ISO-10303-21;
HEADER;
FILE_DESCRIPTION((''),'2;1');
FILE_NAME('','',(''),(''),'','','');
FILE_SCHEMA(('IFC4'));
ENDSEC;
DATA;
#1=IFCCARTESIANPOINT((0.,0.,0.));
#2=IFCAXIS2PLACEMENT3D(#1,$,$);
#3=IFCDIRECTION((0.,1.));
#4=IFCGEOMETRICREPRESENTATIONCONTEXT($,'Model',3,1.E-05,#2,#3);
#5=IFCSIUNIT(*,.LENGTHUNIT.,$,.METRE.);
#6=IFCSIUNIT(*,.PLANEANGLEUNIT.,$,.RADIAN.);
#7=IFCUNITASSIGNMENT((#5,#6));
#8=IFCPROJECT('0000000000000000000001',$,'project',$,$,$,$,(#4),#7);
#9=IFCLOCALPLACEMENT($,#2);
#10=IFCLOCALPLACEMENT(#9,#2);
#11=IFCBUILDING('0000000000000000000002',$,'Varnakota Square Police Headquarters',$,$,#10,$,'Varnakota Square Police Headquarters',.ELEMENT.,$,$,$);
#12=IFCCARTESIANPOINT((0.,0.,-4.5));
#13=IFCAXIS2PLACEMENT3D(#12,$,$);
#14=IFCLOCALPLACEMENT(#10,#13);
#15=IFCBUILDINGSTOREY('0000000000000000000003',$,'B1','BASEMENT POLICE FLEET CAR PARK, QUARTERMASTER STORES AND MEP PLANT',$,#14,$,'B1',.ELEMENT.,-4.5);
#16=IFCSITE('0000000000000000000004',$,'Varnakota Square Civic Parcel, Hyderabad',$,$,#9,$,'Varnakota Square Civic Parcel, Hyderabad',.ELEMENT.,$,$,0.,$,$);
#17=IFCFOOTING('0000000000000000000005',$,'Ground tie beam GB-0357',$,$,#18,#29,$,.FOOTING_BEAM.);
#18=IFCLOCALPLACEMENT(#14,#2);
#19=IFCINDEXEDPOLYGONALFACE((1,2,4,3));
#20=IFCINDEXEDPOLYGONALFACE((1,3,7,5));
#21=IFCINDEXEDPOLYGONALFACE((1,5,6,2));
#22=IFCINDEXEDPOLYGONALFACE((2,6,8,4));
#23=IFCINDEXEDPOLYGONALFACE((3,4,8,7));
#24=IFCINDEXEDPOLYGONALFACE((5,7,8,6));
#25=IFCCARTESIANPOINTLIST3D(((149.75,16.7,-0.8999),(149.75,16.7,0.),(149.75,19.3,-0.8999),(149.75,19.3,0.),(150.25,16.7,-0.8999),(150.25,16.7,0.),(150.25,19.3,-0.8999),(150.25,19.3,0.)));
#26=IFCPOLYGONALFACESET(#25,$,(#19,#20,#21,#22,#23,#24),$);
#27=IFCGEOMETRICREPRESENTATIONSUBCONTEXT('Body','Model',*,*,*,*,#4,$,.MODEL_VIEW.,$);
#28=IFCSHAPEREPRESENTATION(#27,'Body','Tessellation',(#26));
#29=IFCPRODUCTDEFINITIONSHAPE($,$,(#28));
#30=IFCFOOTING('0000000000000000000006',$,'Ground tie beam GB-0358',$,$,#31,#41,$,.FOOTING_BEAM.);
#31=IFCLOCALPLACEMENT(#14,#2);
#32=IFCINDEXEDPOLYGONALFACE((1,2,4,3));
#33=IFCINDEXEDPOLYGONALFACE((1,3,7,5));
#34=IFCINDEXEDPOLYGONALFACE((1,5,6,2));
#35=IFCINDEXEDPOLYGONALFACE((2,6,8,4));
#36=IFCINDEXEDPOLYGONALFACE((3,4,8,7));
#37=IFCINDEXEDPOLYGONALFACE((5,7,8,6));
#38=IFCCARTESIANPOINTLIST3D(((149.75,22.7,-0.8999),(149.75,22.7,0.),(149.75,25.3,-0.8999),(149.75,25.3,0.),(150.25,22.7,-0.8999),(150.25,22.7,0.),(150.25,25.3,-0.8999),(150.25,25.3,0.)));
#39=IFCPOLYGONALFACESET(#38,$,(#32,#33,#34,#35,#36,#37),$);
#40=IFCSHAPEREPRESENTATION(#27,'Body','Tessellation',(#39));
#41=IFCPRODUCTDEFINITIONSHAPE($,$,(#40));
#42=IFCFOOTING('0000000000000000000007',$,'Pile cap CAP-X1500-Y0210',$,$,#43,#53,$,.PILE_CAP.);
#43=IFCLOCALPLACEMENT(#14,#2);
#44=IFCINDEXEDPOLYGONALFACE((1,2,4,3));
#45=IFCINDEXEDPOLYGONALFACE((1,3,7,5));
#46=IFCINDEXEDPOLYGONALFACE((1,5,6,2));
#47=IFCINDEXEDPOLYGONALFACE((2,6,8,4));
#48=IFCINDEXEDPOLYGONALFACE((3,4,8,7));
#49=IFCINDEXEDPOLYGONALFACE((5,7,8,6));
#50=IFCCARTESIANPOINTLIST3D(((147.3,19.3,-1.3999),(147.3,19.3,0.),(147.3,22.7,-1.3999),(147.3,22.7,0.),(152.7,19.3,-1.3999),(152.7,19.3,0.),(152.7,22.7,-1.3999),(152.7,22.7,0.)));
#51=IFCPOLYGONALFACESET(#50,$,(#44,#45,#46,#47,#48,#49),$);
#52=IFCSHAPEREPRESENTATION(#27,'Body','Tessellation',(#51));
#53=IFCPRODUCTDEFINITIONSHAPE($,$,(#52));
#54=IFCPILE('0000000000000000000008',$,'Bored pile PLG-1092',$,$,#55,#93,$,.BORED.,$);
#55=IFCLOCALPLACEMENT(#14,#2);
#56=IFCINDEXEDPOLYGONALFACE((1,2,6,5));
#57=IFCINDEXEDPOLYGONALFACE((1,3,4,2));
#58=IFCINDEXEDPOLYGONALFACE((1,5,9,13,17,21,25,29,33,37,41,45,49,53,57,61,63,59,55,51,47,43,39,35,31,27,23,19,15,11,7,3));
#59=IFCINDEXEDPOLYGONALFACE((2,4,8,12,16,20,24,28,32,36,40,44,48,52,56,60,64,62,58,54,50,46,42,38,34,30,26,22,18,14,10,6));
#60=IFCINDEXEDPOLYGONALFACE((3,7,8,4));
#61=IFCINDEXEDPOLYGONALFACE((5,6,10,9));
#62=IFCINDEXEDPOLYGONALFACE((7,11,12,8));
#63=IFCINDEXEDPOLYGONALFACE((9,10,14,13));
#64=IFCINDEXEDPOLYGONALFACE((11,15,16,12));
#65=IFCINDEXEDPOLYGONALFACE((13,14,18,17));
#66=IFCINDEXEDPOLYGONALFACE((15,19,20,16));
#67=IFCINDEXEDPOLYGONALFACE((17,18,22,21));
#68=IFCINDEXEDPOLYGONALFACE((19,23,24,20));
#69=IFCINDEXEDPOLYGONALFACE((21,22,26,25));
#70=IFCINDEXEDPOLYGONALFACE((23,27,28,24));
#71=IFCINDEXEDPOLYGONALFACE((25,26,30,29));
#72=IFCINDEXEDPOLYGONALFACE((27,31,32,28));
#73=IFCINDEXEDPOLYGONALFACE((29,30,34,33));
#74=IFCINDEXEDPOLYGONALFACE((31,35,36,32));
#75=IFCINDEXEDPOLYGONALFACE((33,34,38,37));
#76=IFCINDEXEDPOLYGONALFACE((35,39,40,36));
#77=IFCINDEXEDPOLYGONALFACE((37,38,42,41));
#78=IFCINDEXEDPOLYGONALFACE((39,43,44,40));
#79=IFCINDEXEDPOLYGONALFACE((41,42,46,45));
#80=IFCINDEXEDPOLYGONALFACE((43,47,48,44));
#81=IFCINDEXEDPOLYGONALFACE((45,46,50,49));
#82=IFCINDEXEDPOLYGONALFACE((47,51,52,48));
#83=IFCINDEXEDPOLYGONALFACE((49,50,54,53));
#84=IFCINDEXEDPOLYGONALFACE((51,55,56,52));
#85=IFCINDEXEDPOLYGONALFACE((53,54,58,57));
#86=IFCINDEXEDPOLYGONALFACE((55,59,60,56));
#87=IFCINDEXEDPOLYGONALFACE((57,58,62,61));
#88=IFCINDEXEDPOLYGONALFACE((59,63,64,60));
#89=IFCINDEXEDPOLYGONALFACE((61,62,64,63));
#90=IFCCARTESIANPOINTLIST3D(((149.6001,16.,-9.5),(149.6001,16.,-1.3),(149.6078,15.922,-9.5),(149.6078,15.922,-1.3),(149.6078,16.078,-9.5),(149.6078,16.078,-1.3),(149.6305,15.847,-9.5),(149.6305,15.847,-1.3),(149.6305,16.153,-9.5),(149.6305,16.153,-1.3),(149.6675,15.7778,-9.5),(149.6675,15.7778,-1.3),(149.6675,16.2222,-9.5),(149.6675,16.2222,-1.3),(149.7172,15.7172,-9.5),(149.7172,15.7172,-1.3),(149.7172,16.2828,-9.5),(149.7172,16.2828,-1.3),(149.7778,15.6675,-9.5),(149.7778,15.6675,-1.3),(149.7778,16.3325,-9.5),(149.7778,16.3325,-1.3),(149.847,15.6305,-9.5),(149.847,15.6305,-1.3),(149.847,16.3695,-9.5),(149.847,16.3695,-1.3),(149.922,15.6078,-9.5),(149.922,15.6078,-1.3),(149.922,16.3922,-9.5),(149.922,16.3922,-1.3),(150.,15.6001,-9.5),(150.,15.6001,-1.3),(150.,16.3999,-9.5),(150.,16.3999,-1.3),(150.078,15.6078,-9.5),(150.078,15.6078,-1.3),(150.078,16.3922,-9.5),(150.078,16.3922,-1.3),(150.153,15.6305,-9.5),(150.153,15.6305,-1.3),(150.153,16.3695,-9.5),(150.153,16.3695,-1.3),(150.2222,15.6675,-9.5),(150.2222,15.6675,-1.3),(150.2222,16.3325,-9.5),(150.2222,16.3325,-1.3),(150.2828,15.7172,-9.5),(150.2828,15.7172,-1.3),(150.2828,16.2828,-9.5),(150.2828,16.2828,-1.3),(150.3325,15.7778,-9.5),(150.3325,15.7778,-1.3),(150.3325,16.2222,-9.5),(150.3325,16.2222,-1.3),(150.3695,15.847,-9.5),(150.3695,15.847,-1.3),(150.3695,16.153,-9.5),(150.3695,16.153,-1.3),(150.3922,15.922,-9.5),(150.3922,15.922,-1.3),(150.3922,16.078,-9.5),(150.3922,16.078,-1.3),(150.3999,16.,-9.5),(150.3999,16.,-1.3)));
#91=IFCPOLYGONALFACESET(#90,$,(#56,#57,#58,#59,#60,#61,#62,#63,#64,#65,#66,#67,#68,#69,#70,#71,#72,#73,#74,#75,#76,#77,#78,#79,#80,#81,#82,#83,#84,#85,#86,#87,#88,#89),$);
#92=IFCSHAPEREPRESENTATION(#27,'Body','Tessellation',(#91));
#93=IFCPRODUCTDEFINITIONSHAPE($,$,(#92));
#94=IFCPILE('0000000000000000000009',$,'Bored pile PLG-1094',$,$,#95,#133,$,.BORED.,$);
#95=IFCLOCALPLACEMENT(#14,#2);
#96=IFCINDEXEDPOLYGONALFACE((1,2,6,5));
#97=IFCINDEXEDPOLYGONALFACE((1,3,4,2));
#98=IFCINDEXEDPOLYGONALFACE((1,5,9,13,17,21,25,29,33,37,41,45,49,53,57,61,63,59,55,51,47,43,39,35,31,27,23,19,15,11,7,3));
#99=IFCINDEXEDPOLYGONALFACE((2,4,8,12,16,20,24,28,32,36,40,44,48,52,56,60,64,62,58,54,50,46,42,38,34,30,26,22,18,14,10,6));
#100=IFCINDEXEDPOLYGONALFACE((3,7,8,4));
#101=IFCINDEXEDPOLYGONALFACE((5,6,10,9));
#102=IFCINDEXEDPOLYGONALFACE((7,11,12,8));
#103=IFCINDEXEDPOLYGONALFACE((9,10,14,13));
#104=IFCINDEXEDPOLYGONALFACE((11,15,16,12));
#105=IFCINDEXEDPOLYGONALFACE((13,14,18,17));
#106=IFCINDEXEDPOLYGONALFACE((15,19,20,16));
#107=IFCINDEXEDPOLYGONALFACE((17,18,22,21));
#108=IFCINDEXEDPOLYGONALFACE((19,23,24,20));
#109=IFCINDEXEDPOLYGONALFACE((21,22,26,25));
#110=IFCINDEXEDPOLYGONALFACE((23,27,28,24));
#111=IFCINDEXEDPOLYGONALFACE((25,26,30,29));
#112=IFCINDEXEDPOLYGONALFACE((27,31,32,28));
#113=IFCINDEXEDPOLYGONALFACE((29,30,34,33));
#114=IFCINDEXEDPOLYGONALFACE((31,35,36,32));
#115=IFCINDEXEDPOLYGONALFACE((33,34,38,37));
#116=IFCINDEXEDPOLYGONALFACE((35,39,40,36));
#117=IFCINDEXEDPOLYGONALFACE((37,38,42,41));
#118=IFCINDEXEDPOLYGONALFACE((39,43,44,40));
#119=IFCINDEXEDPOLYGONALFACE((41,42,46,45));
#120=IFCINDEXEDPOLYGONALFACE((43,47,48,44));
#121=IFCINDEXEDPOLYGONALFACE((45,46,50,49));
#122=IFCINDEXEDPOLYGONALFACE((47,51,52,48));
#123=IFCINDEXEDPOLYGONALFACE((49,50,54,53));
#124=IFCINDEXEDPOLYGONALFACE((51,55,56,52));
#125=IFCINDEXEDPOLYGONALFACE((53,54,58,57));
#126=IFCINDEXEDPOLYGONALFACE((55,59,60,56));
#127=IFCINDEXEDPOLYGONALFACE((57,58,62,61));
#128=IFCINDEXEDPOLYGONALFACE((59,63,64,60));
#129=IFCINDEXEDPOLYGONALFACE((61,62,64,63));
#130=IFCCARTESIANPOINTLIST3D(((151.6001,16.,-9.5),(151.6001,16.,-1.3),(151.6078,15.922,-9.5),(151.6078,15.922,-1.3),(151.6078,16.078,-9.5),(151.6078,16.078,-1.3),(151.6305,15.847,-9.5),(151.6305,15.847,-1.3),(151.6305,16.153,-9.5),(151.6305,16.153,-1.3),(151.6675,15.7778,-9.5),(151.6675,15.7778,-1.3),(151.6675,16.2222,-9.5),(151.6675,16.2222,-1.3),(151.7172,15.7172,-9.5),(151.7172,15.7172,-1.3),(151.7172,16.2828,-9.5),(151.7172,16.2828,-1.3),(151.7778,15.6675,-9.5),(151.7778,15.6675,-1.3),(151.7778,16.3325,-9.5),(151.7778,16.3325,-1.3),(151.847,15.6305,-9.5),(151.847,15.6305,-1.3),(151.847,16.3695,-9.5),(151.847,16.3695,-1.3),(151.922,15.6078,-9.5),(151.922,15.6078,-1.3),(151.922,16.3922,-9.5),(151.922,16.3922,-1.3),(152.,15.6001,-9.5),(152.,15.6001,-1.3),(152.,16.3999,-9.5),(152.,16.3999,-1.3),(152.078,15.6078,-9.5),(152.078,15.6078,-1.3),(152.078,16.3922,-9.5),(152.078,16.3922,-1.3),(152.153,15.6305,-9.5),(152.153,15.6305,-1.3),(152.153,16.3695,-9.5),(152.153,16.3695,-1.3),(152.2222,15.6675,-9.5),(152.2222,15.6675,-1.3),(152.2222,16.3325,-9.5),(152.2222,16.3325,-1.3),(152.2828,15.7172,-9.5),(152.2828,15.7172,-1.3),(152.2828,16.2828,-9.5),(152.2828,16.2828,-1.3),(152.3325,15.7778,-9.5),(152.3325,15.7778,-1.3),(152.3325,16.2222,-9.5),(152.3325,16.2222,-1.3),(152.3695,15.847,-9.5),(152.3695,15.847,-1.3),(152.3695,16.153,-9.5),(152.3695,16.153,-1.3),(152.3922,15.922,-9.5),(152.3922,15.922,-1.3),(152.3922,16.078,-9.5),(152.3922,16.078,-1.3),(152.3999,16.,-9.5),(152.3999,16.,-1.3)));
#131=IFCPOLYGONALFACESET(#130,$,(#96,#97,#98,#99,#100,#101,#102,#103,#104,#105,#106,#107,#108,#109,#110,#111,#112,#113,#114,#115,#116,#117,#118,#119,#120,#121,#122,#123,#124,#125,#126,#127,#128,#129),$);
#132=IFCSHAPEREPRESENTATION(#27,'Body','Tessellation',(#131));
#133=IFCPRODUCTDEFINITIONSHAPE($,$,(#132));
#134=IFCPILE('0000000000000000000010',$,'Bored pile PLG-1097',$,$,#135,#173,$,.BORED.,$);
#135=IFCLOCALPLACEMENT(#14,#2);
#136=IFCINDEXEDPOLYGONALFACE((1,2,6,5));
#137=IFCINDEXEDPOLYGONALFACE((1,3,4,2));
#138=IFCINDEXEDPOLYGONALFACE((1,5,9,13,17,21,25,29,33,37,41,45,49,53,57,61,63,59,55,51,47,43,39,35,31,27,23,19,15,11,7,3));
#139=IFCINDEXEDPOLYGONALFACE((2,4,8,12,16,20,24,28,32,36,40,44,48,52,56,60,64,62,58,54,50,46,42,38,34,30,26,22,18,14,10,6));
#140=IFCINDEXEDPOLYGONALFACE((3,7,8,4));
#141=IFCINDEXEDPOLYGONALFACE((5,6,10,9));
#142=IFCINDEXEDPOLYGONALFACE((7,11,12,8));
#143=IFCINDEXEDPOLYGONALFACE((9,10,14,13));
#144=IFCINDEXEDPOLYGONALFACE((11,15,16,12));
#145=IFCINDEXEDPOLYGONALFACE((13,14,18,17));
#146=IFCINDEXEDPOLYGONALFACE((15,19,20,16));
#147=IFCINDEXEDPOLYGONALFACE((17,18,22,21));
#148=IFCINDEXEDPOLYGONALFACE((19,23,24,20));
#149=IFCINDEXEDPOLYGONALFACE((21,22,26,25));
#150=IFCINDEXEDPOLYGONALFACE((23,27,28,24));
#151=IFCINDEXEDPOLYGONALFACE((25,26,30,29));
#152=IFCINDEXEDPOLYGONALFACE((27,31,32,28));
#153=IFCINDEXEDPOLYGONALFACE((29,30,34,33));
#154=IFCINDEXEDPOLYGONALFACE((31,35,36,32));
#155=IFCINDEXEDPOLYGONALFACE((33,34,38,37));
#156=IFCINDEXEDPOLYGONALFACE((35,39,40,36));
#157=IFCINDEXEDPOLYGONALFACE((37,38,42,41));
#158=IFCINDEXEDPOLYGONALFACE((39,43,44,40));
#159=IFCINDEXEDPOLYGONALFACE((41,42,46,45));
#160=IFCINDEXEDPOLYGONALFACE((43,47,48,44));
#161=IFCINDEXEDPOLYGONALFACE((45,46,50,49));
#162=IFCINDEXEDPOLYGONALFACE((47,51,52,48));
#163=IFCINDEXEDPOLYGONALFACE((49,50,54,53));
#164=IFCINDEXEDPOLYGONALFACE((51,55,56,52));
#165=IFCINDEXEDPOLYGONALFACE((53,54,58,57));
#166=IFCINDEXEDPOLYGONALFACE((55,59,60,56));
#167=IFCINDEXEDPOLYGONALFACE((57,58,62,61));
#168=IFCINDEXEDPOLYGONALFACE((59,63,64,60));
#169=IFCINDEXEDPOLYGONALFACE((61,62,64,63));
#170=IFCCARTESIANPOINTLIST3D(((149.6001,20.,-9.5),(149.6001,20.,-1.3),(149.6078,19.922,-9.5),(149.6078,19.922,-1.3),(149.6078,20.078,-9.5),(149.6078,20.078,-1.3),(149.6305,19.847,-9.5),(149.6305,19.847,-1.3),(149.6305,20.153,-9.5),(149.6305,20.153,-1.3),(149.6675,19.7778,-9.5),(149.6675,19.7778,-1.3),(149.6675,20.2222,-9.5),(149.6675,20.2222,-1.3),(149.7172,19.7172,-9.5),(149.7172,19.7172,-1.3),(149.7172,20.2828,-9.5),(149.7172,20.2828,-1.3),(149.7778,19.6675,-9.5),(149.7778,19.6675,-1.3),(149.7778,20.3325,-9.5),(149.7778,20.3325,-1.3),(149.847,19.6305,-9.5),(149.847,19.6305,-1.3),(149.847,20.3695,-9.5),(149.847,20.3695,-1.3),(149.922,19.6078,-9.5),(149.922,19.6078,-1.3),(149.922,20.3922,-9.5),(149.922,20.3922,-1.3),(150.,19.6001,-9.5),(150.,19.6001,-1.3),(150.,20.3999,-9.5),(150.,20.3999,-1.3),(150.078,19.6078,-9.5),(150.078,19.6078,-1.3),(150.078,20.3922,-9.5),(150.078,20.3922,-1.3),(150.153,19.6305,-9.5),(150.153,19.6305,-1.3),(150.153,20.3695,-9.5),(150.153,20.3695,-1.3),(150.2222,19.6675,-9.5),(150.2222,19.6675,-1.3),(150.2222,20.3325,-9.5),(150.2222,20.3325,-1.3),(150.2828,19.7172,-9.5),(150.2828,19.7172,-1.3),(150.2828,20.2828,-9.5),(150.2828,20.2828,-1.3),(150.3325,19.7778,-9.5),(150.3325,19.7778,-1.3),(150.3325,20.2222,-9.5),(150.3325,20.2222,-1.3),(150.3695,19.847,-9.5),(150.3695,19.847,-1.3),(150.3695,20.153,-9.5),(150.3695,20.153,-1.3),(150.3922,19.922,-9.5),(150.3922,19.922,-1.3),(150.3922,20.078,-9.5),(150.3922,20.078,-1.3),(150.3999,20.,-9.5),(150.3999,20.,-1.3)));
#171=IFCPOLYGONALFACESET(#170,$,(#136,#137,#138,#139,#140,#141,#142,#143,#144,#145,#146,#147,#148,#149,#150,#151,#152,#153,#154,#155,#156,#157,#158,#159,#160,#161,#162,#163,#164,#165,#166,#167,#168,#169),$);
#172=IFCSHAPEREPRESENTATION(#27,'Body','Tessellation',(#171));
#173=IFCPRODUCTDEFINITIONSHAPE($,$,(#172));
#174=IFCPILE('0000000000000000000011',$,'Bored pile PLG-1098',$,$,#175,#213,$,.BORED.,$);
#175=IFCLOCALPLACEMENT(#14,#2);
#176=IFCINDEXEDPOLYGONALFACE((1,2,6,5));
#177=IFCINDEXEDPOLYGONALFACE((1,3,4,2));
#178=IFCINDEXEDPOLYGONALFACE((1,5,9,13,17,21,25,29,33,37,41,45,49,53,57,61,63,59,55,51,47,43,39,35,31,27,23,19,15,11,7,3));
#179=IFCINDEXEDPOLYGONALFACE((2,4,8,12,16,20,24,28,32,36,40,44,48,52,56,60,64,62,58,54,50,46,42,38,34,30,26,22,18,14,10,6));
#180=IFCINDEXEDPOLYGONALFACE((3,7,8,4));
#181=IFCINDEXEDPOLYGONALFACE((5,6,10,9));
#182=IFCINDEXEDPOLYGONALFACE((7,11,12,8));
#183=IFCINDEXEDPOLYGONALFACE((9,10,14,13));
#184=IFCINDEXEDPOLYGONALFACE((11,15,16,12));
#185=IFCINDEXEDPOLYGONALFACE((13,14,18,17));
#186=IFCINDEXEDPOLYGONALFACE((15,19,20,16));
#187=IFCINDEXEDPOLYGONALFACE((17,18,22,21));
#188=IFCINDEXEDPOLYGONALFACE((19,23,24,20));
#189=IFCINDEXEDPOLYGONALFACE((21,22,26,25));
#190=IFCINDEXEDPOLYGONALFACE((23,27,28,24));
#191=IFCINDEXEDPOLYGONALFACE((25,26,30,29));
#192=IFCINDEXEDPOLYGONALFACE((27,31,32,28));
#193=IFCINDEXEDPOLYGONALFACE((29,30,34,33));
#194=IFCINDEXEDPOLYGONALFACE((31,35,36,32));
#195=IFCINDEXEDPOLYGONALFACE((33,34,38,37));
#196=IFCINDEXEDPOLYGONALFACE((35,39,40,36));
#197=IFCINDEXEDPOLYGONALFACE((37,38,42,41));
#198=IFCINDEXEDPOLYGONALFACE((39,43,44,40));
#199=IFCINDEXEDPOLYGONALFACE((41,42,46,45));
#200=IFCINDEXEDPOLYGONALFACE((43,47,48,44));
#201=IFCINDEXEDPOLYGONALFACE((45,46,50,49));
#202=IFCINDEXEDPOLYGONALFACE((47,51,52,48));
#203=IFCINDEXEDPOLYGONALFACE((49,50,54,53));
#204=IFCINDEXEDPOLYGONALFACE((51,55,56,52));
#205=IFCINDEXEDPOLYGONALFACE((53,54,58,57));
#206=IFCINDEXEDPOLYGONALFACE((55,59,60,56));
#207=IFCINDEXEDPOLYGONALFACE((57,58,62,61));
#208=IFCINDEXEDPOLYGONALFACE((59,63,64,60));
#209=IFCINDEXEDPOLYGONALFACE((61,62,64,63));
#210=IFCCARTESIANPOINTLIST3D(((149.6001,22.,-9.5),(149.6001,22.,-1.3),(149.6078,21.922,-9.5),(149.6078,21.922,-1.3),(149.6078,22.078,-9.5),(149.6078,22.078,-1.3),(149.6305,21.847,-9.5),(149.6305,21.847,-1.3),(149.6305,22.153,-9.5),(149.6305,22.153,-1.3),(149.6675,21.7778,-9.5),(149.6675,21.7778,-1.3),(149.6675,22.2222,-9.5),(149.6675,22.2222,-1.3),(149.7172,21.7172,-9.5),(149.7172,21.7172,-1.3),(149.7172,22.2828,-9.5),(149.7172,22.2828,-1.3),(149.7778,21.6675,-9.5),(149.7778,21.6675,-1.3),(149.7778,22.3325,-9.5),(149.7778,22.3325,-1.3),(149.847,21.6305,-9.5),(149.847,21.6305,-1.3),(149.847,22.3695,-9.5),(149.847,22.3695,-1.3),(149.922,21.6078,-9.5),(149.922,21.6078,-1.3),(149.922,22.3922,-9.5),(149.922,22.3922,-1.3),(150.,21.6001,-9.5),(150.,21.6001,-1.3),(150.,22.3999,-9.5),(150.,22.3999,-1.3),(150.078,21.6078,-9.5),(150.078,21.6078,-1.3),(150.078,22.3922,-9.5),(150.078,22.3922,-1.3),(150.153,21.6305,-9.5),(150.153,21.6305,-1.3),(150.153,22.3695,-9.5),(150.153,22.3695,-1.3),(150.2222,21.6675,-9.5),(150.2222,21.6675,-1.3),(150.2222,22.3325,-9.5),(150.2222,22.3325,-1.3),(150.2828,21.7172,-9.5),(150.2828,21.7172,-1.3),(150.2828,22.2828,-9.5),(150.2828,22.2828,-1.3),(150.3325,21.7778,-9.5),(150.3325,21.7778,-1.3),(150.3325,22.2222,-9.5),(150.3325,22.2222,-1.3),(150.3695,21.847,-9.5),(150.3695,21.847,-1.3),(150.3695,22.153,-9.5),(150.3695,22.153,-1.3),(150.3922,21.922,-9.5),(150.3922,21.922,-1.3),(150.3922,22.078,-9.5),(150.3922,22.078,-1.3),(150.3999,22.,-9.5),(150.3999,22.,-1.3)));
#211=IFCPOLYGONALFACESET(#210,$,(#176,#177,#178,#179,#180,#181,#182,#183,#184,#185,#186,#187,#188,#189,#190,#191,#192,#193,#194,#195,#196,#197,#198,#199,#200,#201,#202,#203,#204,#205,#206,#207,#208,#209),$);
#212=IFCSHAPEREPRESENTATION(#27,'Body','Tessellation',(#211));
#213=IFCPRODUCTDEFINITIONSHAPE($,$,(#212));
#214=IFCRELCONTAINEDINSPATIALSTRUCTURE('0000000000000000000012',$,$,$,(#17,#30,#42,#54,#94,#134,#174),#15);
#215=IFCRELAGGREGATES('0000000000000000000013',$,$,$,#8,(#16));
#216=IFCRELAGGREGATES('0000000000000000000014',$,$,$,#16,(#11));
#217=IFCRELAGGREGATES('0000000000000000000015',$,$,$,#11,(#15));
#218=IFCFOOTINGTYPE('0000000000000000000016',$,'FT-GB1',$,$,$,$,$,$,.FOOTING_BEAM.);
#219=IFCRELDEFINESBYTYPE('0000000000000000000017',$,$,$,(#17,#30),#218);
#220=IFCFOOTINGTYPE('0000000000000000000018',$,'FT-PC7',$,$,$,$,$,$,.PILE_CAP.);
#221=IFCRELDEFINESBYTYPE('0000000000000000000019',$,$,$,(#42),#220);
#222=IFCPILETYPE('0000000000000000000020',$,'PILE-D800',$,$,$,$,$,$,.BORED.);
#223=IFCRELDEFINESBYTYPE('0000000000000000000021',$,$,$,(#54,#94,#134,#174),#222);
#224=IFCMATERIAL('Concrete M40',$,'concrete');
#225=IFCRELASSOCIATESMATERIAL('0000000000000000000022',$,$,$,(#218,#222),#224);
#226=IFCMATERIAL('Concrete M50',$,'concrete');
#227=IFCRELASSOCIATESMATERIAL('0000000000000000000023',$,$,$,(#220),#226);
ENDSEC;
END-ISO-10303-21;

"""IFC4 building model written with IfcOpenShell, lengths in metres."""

from ifc_helpers import new_model, si_unit, direction, frame, origin, origin_2d, place, context, subcontext, project, spatial, rectangle, circle, extrude, material, material_profile, profile_set, type_object, element, save


model = new_model("IFC4")

# Units and contexts
model_context = context("Model", 3, precision=1e-05, world=origin(), true_north=direction((0.0, 1.0)))
body_context = subcontext(model_context, "Body", "Model", "MODEL_VIEW")
ifc_project = project(units=[si_unit("LENGTHUNIT", "METRE"), si_unit("PLANEANGLEUNIT", "RADIAN")], contexts=[model_context])

# Site, building, storey
site_placement = place(None, origin())
site = spatial("IfcSite", under=ifc_project, at=site_placement, Name="Varnakota Square Civic Parcel, Hyderabad", LongName="Varnakota Square Civic Parcel, Hyderabad", CompositionType="ELEMENT", RefElevation=0.0)
building_placement = place(site_placement, origin())
building = spatial("IfcBuilding", under=site, at=building_placement, Name="Varnakota Square Police Headquarters", LongName="Varnakota Square Police Headquarters", CompositionType="ELEMENT")
storey_placement = place(building_placement, frame((0.0, 0.0, -4.5)))
storey = spatial("IfcBuildingStorey", under=building, at=storey_placement, Name="B1", Description="BASEMENT POLICE FLEET CAR PARK, QUARTERMASTER STORES AND MEP PLANT", LongName="B1", CompositionType="ELEMENT", Elevation=-4.5)

# Footings
ifc_material_1 = material(Name="Concrete M40", Category="concrete")
ifc_material_profile_1 = material_profile(ifc_material_1, rectangle(XDim=0.5, YDim=0.8999, at=origin_2d()), Name="GB 500x900")
ifc_profile_set_1 = profile_set([ifc_material_profile_1], Name="Concrete M40")
footing_type_1 = type_object("IfcFootingType", Name="FT-GB1", PredefinedType="FOOTING_BEAM", material=ifc_profile_set_1)
for number, where, z_axis, x_axis, name in (
    (1, (150.0, 16.7, -0.45), (0.0, 1.0, 0.0), (-1.0, 0.0, 0.0), "Ground tie beam GB-0357"),
    (2, (150.0, 22.7, -0.45), (0.0, 1.0, 0.0), (-1.0, 0.0, 0.0), "Ground tie beam GB-0358"),
):
    element("IfcFooting", number, at=place(storey_placement, frame(where, z_axis=z_axis, x_axis=x_axis)), inside=storey, type_object=footing_type_1, Name=name, PredefinedType="FOOTING_BEAM", context=body_context, shape_type="SweptSolid", body=[
        extrude(rectangle(XDim=0.5, YDim=0.8999, at=origin_2d()), origin(), (0.0, 0.0, 1.0), 2.6001),
    ])
ifc_material_2 = material(Name="Concrete M50", Category="concrete")
footing_type_2 = type_object("IfcFootingType", Name="FT-PC7", PredefinedType="PILE_CAP", material=ifc_material_2)
footing_placement = place(storey_placement, frame((150.0, 21.0, -1.3999), z_axis=(0.0, 0.0, 1.0), x_axis=(1.0, 0.0, 0.0)))
element("IfcFooting", 3, at=footing_placement, inside=storey, type_object=footing_type_2, Name="Pile cap CAP-X1500-Y0210", PredefinedType="PILE_CAP", context=body_context, shape_type="SweptSolid", body=[
    extrude(rectangle(XDim=5.3999, YDim=3.3999, at=origin_2d()), origin(), (0.0, 0.0, 1.0), 1.3999),
])

# Piles
ifc_material_profile_2 = material_profile(ifc_material_1, circle(Radius=0.3999, at=origin_2d()), Name="BORED PILE 800")
ifc_profile_set_2 = profile_set([ifc_material_profile_2], Name="Concrete M40")
pile_type = type_object("IfcPileType", Name="PILE-D800", PredefinedType="BORED", material=ifc_profile_set_2)
for number, where, z_axis, x_axis, name in (
    (4, (150.0, 16.0, -1.3), (0.0, 0.0, -1.0), (1.0, 0.0, 0.0), "Bored pile PLG-1092"),
    (5, (152.0, 16.0, -1.3), (0.0, 0.0, -1.0), (1.0, 0.0, 0.0), "Bored pile PLG-1094"),
    (6, (150.0, 20.0, -1.3), (0.0, 0.0, -1.0), (1.0, 0.0, 0.0), "Bored pile PLG-1097"),
    (7, (150.0, 22.0, -1.3), (0.0, 0.0, -1.0), (1.0, 0.0, 0.0), "Bored pile PLG-1098"),
):
    element("IfcPile", number, at=place(storey_placement, frame(where, z_axis=z_axis, x_axis=x_axis)), inside=storey, type_object=pile_type, Name=name, PredefinedType="BORED", context=body_context, shape_type="SweptSolid", body=[
        extrude(circle(Radius=0.3999, at=origin_2d()), origin(), (0.0, 0.0, 1.0), 8.2),
    ])

save(model, "model.ifc")
